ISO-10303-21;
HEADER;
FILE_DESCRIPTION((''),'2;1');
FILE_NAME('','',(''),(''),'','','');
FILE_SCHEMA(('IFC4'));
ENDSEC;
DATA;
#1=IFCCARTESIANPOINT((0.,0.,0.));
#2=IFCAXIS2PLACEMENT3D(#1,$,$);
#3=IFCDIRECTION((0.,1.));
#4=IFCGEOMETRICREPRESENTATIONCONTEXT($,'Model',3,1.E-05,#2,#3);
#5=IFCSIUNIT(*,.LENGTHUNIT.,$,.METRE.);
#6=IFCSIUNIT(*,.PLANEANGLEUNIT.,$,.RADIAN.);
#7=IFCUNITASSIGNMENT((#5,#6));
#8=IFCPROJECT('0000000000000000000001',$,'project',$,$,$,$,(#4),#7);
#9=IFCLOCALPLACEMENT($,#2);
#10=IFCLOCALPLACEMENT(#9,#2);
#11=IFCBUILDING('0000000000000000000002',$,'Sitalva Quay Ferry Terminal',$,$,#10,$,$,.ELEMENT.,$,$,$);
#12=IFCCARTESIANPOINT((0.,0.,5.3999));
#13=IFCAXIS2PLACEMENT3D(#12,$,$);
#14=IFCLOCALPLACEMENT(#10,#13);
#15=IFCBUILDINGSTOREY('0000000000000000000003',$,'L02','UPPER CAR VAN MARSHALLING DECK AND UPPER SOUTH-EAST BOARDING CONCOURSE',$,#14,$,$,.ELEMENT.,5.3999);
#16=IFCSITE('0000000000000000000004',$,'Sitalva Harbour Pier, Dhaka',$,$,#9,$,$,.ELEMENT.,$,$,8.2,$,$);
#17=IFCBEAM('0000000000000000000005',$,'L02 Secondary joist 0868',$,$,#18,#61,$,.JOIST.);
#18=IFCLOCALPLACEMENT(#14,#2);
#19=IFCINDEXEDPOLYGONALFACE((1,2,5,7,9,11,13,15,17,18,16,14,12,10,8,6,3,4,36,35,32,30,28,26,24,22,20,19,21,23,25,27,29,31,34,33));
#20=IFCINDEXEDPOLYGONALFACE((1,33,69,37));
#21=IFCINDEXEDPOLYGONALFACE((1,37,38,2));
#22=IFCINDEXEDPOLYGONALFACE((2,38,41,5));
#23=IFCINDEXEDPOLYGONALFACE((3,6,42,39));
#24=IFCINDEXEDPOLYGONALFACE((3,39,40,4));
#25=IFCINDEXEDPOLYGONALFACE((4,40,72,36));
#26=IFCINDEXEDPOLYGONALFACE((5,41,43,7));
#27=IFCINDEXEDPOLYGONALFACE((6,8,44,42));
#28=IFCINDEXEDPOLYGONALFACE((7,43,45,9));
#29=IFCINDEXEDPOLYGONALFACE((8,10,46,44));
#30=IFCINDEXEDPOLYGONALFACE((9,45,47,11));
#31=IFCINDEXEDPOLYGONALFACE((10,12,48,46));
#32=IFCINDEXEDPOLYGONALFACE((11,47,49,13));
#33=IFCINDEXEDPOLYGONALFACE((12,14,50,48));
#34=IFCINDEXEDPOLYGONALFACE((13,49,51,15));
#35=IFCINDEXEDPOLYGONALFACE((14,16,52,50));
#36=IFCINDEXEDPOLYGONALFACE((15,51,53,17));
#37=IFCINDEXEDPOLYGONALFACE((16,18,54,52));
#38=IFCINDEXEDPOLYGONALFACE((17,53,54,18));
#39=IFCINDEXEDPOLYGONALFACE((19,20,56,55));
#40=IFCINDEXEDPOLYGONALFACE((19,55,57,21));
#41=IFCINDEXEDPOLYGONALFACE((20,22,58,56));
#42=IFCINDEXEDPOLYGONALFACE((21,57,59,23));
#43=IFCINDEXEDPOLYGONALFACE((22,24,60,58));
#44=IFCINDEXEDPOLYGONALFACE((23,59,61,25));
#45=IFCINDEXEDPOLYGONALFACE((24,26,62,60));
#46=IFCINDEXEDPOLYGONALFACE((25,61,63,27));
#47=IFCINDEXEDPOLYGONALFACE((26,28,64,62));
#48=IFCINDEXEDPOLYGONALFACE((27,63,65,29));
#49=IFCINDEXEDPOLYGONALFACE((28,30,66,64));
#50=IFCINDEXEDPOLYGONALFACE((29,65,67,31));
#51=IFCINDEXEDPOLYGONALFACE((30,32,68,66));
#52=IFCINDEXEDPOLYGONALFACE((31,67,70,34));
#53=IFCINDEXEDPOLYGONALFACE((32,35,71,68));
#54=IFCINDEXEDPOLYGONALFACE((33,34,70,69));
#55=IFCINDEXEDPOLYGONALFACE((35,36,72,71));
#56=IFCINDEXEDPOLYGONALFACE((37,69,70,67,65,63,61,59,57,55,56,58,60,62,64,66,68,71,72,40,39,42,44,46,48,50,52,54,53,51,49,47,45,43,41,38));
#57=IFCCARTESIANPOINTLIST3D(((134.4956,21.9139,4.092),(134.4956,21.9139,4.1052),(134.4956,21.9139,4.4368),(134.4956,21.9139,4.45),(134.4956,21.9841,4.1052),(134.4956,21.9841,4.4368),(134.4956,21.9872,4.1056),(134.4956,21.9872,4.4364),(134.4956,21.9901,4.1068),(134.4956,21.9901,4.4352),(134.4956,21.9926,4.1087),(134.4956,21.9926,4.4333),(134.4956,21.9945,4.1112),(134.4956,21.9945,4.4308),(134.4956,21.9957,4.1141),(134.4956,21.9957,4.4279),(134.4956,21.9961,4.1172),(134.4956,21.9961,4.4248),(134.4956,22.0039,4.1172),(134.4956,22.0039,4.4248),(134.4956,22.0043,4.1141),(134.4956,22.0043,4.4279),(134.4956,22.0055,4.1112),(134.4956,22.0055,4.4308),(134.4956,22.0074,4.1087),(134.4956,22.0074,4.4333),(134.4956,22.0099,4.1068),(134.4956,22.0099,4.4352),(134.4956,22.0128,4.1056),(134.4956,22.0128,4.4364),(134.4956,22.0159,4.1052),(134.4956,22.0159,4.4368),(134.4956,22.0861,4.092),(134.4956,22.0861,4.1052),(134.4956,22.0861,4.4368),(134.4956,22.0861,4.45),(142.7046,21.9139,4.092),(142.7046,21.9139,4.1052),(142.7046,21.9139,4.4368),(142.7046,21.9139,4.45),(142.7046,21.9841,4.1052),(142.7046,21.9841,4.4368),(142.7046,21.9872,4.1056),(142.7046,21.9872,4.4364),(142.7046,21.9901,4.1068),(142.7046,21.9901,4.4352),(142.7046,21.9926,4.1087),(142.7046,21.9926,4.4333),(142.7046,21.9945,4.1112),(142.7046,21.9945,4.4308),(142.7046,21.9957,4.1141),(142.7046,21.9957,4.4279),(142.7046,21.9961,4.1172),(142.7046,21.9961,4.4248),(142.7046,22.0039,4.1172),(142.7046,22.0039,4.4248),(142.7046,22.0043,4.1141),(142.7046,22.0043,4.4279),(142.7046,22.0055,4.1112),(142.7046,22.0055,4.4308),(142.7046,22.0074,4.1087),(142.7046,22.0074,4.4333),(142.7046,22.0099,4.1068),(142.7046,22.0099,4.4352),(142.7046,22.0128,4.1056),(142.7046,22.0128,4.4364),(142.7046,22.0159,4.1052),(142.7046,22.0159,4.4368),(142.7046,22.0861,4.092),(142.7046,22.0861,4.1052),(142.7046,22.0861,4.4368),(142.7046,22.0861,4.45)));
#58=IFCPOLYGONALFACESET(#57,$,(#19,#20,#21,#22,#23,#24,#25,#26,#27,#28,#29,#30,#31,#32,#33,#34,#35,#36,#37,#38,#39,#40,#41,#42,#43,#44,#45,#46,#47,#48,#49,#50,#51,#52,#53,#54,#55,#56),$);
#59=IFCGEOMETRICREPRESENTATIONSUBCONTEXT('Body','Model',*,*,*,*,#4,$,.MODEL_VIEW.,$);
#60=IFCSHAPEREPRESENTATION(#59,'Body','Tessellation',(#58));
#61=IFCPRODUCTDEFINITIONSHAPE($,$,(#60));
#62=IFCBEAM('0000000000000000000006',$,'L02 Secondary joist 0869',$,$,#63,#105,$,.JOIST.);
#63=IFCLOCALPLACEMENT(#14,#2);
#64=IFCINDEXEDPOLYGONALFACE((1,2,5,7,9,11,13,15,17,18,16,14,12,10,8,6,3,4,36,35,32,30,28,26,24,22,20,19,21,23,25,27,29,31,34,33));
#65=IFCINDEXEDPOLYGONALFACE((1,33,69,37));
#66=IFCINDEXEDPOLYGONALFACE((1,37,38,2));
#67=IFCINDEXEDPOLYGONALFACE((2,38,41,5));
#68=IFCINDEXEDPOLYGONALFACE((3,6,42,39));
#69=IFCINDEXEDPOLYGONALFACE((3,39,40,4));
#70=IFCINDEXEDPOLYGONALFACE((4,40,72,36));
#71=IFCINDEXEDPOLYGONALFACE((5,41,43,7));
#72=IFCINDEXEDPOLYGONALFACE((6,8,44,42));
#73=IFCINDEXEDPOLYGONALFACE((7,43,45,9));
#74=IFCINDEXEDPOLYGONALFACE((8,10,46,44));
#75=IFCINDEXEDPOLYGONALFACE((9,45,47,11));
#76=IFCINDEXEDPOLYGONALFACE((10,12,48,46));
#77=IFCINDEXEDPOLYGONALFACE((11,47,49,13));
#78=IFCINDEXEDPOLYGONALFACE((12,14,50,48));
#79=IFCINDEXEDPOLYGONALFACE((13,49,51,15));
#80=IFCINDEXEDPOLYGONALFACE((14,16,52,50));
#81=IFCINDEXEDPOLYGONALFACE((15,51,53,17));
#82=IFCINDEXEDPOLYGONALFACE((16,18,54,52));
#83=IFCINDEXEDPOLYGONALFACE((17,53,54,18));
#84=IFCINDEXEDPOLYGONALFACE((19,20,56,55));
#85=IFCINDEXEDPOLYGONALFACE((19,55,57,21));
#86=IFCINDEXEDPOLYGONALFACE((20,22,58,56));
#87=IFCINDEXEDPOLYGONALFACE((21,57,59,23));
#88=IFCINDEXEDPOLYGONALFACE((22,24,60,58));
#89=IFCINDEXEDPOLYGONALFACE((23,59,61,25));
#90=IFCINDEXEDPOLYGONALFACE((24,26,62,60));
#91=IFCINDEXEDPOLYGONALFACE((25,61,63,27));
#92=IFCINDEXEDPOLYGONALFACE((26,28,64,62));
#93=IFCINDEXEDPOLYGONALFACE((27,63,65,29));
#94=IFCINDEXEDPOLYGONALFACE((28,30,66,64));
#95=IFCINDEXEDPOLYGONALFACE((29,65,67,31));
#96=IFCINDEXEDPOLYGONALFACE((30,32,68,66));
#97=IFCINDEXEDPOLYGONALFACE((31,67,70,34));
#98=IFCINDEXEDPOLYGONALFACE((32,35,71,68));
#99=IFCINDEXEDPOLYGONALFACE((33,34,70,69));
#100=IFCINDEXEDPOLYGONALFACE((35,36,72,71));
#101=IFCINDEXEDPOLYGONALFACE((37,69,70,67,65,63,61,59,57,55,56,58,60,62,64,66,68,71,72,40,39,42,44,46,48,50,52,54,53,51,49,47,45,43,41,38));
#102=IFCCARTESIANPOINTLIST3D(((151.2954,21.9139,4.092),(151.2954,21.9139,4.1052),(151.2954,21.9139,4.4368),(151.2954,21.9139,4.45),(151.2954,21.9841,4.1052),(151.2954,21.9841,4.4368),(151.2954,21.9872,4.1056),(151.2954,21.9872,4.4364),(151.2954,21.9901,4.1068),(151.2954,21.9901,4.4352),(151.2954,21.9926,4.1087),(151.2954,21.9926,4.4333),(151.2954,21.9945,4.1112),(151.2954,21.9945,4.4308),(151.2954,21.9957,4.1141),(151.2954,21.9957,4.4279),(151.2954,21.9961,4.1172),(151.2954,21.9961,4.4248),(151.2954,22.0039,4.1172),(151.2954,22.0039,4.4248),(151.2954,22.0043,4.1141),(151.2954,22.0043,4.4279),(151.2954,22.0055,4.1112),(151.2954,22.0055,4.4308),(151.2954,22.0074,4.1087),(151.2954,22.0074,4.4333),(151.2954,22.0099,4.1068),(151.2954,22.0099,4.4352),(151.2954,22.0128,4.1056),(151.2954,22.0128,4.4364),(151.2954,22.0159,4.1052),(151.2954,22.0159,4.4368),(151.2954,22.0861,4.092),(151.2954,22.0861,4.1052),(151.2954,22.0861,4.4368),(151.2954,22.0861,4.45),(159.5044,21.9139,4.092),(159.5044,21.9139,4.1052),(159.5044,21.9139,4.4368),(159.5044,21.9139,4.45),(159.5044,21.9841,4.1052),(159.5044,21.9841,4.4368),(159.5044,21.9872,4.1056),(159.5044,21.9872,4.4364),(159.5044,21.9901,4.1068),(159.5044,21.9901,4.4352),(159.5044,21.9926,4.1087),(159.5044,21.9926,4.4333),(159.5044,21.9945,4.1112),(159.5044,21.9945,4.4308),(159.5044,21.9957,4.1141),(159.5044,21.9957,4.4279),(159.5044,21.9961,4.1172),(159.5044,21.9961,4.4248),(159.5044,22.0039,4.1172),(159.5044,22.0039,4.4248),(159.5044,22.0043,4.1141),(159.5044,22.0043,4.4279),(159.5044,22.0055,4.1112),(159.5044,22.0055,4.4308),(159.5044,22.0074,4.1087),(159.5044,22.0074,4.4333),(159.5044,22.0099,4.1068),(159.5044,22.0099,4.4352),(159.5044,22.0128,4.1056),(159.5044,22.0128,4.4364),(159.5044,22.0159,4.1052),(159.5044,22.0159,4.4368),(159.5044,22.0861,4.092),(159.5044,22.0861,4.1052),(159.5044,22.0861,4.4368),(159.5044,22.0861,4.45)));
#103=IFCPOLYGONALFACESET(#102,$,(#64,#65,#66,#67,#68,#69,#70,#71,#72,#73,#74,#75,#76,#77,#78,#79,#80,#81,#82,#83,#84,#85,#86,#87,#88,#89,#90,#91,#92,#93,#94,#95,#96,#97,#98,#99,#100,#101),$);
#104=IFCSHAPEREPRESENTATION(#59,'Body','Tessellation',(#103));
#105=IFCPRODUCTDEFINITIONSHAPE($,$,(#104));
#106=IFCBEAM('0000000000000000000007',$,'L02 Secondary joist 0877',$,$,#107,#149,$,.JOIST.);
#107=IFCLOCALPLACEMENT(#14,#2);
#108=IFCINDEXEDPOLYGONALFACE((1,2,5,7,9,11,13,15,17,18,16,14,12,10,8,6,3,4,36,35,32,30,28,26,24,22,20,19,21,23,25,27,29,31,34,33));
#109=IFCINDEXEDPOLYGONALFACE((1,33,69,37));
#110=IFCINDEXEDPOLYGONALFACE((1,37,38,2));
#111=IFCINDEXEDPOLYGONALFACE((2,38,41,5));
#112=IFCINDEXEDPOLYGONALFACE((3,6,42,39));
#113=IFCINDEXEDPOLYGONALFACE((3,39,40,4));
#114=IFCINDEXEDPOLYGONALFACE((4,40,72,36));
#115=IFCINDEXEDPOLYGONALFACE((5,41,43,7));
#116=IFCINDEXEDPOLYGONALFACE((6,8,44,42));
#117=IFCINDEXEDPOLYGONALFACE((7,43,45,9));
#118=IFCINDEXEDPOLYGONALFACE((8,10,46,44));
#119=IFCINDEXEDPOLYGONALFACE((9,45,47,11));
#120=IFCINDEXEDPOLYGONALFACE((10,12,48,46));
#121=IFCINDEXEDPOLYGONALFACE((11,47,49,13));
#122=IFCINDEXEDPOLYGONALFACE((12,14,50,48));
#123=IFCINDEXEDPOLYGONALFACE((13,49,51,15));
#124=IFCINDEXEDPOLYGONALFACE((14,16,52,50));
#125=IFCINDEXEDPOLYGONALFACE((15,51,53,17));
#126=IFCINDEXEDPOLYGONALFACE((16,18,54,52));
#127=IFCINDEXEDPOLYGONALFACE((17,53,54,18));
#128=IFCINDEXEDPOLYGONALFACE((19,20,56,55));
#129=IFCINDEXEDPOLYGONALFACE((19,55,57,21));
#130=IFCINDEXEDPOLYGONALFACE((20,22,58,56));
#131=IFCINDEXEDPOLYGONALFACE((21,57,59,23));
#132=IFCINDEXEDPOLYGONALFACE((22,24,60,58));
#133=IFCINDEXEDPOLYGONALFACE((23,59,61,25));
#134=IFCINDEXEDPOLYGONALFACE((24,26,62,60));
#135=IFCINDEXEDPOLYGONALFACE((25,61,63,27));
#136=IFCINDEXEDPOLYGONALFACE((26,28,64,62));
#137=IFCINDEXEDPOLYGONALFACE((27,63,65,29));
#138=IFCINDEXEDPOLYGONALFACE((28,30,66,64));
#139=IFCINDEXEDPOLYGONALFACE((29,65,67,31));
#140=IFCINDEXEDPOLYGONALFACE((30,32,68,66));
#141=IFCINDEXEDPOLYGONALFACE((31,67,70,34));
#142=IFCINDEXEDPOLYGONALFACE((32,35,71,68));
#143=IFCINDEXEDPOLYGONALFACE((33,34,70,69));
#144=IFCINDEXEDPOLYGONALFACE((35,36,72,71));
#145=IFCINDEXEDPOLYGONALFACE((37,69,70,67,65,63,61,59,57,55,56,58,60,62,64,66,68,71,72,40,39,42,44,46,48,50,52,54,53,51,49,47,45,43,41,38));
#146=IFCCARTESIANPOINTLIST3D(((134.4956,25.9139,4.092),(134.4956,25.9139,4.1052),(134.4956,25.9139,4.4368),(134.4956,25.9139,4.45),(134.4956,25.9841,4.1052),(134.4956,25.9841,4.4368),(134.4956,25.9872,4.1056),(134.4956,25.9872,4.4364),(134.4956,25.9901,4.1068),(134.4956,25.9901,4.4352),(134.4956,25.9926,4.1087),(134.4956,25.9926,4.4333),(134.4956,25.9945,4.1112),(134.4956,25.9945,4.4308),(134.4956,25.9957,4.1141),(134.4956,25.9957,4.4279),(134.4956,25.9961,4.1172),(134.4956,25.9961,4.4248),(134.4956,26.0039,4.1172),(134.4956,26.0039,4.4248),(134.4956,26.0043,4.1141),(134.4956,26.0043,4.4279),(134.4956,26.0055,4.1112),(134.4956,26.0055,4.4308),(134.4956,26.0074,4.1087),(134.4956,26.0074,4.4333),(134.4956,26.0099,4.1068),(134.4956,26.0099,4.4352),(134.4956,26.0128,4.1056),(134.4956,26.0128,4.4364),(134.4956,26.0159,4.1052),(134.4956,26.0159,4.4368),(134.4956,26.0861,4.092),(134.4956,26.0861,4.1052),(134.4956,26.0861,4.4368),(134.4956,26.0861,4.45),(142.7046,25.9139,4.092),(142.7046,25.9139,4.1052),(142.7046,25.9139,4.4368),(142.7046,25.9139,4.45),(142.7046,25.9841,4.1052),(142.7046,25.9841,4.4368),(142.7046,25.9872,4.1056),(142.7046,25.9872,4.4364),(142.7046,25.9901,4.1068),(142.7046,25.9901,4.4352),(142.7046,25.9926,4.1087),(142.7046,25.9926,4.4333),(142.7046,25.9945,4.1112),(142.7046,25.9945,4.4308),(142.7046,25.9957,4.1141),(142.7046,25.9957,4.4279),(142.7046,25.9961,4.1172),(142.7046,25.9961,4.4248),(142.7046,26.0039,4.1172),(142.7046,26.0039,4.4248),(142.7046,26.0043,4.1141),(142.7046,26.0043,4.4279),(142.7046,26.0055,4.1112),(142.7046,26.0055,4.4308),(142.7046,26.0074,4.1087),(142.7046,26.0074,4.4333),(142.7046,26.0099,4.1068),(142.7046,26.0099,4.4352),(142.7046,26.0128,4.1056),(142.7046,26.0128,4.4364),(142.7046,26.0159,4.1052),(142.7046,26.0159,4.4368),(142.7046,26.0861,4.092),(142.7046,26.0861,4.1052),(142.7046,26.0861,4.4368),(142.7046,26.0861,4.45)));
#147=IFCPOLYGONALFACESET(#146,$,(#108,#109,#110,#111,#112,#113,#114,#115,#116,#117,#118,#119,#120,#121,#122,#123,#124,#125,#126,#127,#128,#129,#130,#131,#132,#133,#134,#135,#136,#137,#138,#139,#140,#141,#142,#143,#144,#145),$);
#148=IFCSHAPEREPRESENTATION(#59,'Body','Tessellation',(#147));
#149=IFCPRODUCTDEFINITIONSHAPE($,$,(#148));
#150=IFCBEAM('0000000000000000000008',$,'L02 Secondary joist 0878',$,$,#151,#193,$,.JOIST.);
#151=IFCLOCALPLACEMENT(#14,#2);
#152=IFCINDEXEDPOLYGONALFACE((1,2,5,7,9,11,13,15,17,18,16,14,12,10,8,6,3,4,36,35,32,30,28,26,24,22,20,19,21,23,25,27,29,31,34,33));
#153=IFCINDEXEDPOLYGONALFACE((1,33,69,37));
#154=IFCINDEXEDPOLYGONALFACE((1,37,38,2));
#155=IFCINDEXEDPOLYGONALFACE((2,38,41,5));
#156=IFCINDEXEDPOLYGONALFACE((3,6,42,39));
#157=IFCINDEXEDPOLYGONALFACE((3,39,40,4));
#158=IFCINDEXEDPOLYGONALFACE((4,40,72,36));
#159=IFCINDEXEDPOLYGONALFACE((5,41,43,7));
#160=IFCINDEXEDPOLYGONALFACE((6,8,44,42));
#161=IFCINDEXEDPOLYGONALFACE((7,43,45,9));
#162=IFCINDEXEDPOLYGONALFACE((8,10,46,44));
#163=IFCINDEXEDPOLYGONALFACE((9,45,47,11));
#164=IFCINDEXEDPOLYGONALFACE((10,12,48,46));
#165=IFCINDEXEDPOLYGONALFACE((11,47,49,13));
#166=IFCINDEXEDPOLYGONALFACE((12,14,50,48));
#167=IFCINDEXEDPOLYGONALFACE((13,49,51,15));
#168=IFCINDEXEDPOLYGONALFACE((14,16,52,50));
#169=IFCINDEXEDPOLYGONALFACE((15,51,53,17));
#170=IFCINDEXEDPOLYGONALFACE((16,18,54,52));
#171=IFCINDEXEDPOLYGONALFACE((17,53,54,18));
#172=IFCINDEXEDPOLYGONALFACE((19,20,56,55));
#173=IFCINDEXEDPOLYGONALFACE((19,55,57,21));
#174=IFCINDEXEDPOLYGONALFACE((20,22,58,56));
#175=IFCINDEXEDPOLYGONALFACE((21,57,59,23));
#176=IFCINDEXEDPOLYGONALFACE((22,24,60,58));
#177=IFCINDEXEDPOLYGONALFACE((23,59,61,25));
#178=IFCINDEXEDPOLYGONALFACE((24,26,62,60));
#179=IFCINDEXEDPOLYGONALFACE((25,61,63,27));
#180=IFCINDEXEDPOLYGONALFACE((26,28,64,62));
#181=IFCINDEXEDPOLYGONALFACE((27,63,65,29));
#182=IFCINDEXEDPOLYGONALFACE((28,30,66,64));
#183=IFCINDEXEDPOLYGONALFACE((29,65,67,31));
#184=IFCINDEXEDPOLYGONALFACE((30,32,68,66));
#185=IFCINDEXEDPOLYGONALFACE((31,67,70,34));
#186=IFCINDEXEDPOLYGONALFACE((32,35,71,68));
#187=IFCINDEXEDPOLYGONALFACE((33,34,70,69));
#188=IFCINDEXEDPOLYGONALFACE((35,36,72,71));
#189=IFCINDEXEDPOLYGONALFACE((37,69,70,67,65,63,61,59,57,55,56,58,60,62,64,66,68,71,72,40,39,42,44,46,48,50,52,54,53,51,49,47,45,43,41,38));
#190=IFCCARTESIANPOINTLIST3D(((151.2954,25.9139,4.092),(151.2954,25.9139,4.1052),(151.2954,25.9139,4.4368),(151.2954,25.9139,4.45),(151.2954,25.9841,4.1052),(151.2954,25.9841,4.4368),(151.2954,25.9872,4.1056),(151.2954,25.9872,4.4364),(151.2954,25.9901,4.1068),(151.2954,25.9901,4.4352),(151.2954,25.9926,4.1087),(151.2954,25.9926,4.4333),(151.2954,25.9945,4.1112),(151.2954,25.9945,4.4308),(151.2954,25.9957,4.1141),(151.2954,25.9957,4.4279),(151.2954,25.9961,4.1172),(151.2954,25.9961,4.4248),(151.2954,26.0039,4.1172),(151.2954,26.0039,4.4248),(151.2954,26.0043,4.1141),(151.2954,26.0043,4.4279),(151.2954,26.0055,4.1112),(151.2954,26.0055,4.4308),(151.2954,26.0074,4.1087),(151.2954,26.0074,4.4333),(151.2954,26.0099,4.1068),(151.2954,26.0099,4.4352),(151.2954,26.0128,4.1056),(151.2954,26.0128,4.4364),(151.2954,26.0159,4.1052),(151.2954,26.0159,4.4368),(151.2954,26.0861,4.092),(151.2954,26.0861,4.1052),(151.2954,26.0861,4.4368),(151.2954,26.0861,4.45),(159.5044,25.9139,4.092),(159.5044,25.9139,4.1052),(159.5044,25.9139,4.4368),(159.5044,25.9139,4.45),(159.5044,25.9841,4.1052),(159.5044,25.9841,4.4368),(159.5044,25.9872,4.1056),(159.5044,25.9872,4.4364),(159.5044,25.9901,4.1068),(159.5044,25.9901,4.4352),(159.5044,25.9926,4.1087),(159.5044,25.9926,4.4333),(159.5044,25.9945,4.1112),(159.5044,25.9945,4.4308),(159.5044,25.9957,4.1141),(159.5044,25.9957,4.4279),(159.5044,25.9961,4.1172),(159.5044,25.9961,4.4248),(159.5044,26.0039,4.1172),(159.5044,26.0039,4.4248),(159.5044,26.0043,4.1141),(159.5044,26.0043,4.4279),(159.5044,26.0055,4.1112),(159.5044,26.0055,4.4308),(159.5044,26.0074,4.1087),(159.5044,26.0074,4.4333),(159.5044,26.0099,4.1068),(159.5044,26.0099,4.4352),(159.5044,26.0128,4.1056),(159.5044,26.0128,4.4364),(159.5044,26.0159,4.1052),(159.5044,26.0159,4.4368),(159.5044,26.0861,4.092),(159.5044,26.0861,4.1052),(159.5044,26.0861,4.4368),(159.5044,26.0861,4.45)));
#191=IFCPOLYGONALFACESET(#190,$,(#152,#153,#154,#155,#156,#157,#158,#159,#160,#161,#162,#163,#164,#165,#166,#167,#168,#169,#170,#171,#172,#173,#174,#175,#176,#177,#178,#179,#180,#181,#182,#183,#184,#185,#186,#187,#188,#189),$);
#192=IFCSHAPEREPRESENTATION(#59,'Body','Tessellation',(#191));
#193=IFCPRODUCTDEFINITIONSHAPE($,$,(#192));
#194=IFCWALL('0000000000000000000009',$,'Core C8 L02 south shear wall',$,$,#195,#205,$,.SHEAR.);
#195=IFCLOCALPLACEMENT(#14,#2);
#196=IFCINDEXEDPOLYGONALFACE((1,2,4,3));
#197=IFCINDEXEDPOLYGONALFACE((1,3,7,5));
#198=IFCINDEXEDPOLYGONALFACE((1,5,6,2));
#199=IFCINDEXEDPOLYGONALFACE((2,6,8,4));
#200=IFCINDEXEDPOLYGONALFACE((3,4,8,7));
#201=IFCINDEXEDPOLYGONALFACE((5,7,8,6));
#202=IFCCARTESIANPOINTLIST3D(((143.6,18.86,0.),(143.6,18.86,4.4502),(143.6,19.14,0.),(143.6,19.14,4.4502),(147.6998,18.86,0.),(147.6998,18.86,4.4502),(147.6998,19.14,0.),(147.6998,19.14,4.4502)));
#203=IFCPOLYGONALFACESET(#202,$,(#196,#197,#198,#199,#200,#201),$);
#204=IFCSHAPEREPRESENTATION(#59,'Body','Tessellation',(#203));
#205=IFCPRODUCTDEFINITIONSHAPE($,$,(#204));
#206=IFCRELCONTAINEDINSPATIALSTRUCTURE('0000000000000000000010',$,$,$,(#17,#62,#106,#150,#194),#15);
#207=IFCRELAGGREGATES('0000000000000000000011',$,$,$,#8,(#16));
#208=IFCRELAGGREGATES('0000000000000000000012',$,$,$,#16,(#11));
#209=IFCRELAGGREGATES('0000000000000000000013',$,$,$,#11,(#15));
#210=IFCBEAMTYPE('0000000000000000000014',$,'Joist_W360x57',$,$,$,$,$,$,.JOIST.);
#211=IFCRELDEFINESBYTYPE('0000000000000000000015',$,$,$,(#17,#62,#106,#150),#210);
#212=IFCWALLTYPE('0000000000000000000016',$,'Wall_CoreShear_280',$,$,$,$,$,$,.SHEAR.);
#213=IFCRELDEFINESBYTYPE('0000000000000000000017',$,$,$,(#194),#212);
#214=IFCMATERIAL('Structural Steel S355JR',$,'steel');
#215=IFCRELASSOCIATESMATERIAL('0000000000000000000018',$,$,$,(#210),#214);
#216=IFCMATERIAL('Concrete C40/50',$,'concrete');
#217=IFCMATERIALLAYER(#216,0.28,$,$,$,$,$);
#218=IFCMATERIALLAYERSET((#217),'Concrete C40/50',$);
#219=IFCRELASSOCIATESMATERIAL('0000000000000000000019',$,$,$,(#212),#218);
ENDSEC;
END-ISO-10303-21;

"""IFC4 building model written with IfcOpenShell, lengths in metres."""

from ifc_helpers import new_model, si_unit, direction, frame, frame_2d, origin, origin_2d, place, context, subcontext, project, spatial, rectangle, i_section, extrude, material, layer, layer_set, material_profile, profile_set, type_object, element, save


model = new_model("IFC4")

# Units and contexts
model_context = context("Model", 3, precision=1e-05, world=origin(), true_north=direction((0.0, 1.0)))
body_context = subcontext(model_context, "Body", "Model", "MODEL_VIEW")
ifc_project = project(units=[si_unit("LENGTHUNIT", "METRE"), si_unit("PLANEANGLEUNIT", "RADIAN")], contexts=[model_context])

# Site, building, storey
site_placement = place(None, origin())
site = spatial("IfcSite", under=ifc_project, at=site_placement, Name="Sitalva Harbour Pier, Dhaka", CompositionType="ELEMENT", RefElevation=8.2)
building_placement = place(site_placement, origin())
building = spatial("IfcBuilding", under=site, at=building_placement, Name="Sitalva Quay Ferry Terminal", CompositionType="ELEMENT")
storey_placement = place(building_placement, frame((0.0, 0.0, 5.3999)))
storey = spatial("IfcBuildingStorey", under=building, at=storey_placement, Name="L02", Description="UPPER CAR VAN MARSHALLING DECK AND UPPER SOUTH-EAST BOARDING CONCOURSE", CompositionType="ELEMENT", Elevation=5.3999)

# Beams
ifc_material_1 = material(Name="Structural Steel S355JR", Category="steel")
ifc_material_profile_1 = material_profile(ifc_material_1, i_section(OverallWidth=0.1721, OverallDepth=0.3579, WebThickness=0.0078, FlangeThickness=0.0132, FilletRadius=0.012, at=origin_2d()), Name="W360x57")
ifc_profile_set_1 = profile_set([ifc_material_profile_1], Name="Structural Steel S355JR")
beam_type_1 = type_object("IfcBeamType", Name="Joist_W360x57", PredefinedType="JOIST", material=ifc_profile_set_1)
for number, where, z_axis, x_axis, name in (
    (1, (134.4956, 22.0, 4.271), (1.0, 0.0, 0.0), (0.0, 1.0, 0.0), "L02 Secondary joist 0868"),
    (2, (151.2954, 22.0, 4.271), (1.0, 0.0, 0.0), (0.0, 1.0, 0.0), "L02 Secondary joist 0869"),
    (3, (134.4956, 26.0, 4.271), (1.0, 0.0, 0.0), (0.0, 1.0, 0.0), "L02 Secondary joist 0877"),
    (4, (151.2954, 26.0, 4.271), (1.0, 0.0, 0.0), (0.0, 1.0, 0.0), "L02 Secondary joist 0878"),
):
    element("IfcBeam", number, at=place(storey_placement, frame(where, z_axis=z_axis, x_axis=x_axis)), inside=storey, type_object=beam_type_1, Name=name, PredefinedType="JOIST", context=body_context, shape_type="SweptSolid", body=[
        extrude(i_section(OverallWidth=0.1721, OverallDepth=0.3579, WebThickness=0.0078, FlangeThickness=0.0132, FilletRadius=0.012, at=origin_2d()), origin(), (0.0, 0.0, 1.0), 8.209),
    ])

# Wall
ifc_material_2 = material(Name="Concrete C40/50", Category="concrete")
ifc_layer_1 = layer(ifc_material_2, 0.28)
ifc_layer_set_1 = layer_set([ifc_layer_1], Name="Concrete C40/50")
wall_type_1 = type_object("IfcWallType", Name="Wall_CoreShear_280", PredefinedType="SHEAR", material=ifc_layer_set_1)
wall_1_placement = place(storey_placement, frame((143.6001, 19.0, 0.0), z_axis=(0.0, 0.0, 1.0), x_axis=(1.0, 0.0, 0.0)))
element("IfcWall", 5, at=wall_1_placement, inside=storey, type_object=wall_type_1, Name="Core C8 L02 south shear wall", PredefinedType="SHEAR", context=body_context, shape_type="SweptSolid", body=[
    extrude(rectangle(XDim=4.0999, YDim=0.28, at=frame_2d((2.0498, 0.0))), origin(), (0.0, 0.0, 1.0), 4.4502),
])

save(model, "model.ifc")
